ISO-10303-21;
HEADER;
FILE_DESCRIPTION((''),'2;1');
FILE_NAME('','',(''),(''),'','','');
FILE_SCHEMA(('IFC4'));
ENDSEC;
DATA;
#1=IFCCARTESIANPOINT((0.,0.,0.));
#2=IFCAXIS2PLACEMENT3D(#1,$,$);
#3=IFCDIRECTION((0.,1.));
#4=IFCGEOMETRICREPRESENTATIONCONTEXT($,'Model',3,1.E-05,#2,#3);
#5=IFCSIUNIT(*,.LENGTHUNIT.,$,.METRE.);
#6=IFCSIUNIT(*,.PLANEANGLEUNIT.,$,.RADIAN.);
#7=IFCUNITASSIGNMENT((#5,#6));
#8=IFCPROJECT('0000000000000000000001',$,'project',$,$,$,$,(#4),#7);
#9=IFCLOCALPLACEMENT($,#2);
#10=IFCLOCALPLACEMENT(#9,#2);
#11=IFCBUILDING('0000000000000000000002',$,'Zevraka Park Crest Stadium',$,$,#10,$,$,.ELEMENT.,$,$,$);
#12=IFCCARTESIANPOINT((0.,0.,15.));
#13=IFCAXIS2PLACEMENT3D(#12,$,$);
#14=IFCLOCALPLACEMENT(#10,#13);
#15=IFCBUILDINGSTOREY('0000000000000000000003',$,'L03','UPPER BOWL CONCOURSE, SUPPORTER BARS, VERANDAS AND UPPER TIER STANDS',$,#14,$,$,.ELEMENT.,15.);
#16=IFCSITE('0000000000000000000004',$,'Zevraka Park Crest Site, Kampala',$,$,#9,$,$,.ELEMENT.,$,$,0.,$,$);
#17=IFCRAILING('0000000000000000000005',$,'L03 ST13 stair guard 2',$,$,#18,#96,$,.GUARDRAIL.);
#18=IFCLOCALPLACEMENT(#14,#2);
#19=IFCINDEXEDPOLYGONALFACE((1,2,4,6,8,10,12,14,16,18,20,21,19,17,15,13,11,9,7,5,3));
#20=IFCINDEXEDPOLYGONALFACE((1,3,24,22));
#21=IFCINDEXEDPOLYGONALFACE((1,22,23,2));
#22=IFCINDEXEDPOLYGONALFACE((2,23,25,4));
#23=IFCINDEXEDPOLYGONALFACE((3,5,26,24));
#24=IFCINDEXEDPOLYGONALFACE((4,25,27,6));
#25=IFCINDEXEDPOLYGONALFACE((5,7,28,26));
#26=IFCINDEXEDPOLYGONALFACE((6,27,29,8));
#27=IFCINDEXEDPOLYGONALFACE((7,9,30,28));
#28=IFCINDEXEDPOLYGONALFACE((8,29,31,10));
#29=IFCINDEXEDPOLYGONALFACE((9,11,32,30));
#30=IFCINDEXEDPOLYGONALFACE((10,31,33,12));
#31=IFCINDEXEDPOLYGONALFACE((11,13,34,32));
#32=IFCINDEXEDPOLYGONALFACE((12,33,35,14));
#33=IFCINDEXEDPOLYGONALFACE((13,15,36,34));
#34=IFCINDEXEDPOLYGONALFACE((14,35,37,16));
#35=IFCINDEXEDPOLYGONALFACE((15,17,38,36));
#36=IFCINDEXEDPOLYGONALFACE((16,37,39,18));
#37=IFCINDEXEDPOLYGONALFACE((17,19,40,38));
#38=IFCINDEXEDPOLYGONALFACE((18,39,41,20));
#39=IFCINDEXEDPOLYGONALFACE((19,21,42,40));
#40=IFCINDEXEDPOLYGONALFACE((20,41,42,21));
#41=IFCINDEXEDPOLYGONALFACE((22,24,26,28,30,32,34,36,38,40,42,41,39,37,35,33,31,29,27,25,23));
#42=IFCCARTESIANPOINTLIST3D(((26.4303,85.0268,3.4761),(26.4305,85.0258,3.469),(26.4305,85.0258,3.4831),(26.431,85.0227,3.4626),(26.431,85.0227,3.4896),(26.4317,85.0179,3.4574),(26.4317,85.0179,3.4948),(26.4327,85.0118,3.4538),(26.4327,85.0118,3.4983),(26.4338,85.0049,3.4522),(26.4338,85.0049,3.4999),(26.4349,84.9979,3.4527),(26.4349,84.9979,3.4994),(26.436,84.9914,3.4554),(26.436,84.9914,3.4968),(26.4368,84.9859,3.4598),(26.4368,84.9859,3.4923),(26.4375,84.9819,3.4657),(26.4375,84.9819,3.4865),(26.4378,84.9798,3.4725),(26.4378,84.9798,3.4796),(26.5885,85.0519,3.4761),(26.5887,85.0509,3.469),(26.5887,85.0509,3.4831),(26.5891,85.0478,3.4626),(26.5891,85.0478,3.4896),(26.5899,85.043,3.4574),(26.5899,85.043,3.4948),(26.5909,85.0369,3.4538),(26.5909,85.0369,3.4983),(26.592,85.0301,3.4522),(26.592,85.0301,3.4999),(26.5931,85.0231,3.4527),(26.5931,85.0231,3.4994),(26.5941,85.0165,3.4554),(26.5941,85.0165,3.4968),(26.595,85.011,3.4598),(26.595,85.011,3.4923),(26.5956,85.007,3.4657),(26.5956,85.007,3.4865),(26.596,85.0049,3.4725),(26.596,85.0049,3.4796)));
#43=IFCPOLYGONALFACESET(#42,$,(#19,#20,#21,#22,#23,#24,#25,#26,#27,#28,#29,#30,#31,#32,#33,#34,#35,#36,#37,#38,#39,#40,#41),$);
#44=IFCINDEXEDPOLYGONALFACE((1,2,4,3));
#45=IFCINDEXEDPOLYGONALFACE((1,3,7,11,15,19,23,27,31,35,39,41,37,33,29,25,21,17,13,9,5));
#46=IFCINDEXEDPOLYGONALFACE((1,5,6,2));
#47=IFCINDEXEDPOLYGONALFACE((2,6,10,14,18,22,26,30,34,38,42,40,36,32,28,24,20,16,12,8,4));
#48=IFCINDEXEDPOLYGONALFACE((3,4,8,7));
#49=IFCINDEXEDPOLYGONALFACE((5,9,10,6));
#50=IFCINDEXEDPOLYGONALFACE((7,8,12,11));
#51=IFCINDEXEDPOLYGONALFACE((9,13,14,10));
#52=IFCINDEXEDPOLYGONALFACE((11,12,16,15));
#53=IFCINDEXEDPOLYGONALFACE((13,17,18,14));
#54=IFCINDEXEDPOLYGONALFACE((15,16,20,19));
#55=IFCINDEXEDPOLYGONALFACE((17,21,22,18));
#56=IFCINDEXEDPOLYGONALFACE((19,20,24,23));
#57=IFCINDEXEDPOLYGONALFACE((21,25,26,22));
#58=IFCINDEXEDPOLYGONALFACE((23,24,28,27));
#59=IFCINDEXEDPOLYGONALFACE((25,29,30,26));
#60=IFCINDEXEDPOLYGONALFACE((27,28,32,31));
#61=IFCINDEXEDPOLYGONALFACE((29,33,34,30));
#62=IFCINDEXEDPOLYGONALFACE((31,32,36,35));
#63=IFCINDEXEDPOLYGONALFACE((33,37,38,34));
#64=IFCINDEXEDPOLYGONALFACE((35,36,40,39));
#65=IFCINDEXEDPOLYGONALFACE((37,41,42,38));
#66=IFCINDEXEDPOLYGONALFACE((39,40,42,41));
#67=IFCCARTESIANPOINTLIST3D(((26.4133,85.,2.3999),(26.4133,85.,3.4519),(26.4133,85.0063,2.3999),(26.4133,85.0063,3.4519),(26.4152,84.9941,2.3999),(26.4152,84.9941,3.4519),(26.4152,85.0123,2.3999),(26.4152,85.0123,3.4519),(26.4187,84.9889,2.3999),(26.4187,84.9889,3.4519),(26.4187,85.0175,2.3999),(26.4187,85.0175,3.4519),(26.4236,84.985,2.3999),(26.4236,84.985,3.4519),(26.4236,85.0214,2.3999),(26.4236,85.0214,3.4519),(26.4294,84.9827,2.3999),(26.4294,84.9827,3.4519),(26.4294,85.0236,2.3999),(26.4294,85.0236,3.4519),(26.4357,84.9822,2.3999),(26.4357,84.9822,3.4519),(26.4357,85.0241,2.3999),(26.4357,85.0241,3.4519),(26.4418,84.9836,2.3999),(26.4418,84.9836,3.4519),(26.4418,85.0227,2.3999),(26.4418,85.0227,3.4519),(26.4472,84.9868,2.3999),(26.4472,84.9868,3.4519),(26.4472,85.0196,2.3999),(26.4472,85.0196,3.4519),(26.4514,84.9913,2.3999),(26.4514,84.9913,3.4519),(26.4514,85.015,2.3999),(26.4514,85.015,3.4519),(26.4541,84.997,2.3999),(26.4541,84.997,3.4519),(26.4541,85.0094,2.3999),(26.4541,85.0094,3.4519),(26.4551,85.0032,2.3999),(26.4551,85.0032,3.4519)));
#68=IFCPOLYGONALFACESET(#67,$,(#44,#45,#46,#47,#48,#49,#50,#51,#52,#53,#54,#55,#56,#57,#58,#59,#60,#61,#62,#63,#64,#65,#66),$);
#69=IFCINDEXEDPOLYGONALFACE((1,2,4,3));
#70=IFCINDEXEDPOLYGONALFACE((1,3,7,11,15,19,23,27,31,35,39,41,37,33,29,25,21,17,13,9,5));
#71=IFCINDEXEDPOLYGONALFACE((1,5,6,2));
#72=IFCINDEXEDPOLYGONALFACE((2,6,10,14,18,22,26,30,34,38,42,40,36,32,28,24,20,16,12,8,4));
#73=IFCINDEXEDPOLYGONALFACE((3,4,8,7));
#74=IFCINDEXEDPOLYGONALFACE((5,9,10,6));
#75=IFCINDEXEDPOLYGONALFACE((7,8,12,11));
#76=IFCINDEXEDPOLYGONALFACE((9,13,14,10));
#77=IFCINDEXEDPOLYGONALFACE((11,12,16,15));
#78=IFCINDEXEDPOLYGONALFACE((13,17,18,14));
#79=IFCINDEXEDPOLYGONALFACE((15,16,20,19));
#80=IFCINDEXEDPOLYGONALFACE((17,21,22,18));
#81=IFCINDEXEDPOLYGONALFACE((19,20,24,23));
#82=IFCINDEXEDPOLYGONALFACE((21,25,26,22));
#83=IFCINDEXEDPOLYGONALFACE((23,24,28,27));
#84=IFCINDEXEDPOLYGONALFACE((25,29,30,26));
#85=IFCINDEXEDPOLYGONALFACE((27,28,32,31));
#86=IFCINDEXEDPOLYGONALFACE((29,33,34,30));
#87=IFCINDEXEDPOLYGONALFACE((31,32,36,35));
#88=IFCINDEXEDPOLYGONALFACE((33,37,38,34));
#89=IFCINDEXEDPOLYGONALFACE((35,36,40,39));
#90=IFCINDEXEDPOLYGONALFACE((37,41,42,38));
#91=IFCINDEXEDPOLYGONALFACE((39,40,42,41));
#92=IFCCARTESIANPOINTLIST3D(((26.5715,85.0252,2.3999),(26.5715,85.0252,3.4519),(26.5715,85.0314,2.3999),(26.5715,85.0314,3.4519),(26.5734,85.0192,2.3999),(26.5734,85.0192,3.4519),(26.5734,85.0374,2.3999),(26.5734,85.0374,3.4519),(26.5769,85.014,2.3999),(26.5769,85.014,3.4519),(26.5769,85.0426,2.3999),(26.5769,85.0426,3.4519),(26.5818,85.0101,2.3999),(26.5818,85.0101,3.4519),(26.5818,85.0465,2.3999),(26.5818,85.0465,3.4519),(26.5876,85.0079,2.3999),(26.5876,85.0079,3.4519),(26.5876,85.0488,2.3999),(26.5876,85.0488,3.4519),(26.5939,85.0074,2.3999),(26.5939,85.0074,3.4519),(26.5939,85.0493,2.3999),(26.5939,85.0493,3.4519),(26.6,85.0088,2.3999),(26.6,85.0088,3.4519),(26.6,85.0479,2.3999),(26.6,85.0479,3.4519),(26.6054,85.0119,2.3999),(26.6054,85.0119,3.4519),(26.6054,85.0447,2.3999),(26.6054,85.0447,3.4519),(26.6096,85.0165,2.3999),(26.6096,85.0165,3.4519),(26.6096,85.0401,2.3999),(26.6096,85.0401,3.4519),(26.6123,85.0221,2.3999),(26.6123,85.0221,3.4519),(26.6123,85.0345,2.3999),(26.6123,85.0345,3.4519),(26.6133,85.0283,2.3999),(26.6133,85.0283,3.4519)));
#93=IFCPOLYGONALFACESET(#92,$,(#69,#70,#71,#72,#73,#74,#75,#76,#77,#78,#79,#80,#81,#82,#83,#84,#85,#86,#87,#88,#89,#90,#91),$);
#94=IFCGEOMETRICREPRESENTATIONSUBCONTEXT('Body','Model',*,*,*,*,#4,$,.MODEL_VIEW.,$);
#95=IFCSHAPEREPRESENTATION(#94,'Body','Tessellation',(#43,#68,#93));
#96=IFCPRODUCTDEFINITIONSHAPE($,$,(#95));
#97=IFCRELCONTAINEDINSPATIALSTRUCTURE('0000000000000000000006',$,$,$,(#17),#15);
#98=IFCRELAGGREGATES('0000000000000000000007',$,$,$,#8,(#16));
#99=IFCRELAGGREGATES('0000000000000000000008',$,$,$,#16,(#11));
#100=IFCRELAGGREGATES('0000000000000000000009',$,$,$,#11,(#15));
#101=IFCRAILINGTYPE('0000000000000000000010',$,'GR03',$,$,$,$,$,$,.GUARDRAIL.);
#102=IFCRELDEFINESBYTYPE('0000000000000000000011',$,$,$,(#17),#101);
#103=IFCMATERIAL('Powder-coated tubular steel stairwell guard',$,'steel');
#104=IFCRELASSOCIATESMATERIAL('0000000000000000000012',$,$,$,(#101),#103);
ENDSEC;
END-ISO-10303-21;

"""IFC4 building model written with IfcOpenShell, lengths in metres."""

from ifc_helpers import new_model, si_unit, direction, frame, origin, origin_2d, place, context, subcontext, project, spatial, circle, extrude, material, type_object, element, save


model = new_model("IFC4")

# Units and contexts
model_context = context("Model", 3, precision=1e-05, world=origin(), true_north=direction((0.0, 1.0)))
body_context = subcontext(model_context, "Body", "Model", "MODEL_VIEW")
ifc_project = project(units=[si_unit("LENGTHUNIT", "METRE"), si_unit("PLANEANGLEUNIT", "RADIAN")], contexts=[model_context])

# Site, building, storey
site_placement = place(None, origin())
site = spatial("IfcSite", under=ifc_project, at=site_placement, Name="Zevraka Park Crest Site, Kampala", CompositionType="ELEMENT", RefElevation=0.0)
building_placement = place(site_placement, origin())
building = spatial("IfcBuilding", under=site, at=building_placement, Name="Zevraka Park Crest Stadium", CompositionType="ELEMENT")
storey_placement = place(building_placement, frame((0.0, 0.0, 15.0)))
storey = spatial("IfcBuildingStorey", under=building, at=storey_placement, Name="L03", Description="UPPER BOWL CONCOURSE, SUPPORTER BARS, VERANDAS AND UPPER TIER STANDS", CompositionType="ELEMENT", Elevation=15.0)

# Railing
ifc_material_1 = material(Name="Powder-coated tubular steel stairwell guard", Category="steel")
railing_type_1 = type_object("IfcRailingType", Name="GR03", PredefinedType="GUARDRAIL", material=ifc_material_1)
railing_1_placement = place(storey_placement, frame((26.4341, 85.0032, 2.3999)))
element("IfcRailing", 1, at=railing_1_placement, inside=storey, type_object=railing_type_1, Name="L03 ST13 stair guard 2", PredefinedType="GUARDRAIL", context=body_context, shape_type="SweptSolid", body=[
    extrude(circle(Radius=0.0239, at=origin_2d()), frame((0.0, 0.0, 1.0762), z_axis=(0.987602, 0.15698, 0.0), x_axis=(-0.15698, 0.987602, 0.0)), (0.0, 0.0, 1.0), 0.1602),
    extrude(circle(Radius=0.021, at=origin_2d()), origin(), (0.0, 0.0, 1.0), 1.052),
    extrude(circle(Radius=0.021, at=origin_2d()), frame((0.1582, 0.0251, 0.0)), (0.0, 0.0, 1.0), 1.052),
])

save(model, "model.ifc")
